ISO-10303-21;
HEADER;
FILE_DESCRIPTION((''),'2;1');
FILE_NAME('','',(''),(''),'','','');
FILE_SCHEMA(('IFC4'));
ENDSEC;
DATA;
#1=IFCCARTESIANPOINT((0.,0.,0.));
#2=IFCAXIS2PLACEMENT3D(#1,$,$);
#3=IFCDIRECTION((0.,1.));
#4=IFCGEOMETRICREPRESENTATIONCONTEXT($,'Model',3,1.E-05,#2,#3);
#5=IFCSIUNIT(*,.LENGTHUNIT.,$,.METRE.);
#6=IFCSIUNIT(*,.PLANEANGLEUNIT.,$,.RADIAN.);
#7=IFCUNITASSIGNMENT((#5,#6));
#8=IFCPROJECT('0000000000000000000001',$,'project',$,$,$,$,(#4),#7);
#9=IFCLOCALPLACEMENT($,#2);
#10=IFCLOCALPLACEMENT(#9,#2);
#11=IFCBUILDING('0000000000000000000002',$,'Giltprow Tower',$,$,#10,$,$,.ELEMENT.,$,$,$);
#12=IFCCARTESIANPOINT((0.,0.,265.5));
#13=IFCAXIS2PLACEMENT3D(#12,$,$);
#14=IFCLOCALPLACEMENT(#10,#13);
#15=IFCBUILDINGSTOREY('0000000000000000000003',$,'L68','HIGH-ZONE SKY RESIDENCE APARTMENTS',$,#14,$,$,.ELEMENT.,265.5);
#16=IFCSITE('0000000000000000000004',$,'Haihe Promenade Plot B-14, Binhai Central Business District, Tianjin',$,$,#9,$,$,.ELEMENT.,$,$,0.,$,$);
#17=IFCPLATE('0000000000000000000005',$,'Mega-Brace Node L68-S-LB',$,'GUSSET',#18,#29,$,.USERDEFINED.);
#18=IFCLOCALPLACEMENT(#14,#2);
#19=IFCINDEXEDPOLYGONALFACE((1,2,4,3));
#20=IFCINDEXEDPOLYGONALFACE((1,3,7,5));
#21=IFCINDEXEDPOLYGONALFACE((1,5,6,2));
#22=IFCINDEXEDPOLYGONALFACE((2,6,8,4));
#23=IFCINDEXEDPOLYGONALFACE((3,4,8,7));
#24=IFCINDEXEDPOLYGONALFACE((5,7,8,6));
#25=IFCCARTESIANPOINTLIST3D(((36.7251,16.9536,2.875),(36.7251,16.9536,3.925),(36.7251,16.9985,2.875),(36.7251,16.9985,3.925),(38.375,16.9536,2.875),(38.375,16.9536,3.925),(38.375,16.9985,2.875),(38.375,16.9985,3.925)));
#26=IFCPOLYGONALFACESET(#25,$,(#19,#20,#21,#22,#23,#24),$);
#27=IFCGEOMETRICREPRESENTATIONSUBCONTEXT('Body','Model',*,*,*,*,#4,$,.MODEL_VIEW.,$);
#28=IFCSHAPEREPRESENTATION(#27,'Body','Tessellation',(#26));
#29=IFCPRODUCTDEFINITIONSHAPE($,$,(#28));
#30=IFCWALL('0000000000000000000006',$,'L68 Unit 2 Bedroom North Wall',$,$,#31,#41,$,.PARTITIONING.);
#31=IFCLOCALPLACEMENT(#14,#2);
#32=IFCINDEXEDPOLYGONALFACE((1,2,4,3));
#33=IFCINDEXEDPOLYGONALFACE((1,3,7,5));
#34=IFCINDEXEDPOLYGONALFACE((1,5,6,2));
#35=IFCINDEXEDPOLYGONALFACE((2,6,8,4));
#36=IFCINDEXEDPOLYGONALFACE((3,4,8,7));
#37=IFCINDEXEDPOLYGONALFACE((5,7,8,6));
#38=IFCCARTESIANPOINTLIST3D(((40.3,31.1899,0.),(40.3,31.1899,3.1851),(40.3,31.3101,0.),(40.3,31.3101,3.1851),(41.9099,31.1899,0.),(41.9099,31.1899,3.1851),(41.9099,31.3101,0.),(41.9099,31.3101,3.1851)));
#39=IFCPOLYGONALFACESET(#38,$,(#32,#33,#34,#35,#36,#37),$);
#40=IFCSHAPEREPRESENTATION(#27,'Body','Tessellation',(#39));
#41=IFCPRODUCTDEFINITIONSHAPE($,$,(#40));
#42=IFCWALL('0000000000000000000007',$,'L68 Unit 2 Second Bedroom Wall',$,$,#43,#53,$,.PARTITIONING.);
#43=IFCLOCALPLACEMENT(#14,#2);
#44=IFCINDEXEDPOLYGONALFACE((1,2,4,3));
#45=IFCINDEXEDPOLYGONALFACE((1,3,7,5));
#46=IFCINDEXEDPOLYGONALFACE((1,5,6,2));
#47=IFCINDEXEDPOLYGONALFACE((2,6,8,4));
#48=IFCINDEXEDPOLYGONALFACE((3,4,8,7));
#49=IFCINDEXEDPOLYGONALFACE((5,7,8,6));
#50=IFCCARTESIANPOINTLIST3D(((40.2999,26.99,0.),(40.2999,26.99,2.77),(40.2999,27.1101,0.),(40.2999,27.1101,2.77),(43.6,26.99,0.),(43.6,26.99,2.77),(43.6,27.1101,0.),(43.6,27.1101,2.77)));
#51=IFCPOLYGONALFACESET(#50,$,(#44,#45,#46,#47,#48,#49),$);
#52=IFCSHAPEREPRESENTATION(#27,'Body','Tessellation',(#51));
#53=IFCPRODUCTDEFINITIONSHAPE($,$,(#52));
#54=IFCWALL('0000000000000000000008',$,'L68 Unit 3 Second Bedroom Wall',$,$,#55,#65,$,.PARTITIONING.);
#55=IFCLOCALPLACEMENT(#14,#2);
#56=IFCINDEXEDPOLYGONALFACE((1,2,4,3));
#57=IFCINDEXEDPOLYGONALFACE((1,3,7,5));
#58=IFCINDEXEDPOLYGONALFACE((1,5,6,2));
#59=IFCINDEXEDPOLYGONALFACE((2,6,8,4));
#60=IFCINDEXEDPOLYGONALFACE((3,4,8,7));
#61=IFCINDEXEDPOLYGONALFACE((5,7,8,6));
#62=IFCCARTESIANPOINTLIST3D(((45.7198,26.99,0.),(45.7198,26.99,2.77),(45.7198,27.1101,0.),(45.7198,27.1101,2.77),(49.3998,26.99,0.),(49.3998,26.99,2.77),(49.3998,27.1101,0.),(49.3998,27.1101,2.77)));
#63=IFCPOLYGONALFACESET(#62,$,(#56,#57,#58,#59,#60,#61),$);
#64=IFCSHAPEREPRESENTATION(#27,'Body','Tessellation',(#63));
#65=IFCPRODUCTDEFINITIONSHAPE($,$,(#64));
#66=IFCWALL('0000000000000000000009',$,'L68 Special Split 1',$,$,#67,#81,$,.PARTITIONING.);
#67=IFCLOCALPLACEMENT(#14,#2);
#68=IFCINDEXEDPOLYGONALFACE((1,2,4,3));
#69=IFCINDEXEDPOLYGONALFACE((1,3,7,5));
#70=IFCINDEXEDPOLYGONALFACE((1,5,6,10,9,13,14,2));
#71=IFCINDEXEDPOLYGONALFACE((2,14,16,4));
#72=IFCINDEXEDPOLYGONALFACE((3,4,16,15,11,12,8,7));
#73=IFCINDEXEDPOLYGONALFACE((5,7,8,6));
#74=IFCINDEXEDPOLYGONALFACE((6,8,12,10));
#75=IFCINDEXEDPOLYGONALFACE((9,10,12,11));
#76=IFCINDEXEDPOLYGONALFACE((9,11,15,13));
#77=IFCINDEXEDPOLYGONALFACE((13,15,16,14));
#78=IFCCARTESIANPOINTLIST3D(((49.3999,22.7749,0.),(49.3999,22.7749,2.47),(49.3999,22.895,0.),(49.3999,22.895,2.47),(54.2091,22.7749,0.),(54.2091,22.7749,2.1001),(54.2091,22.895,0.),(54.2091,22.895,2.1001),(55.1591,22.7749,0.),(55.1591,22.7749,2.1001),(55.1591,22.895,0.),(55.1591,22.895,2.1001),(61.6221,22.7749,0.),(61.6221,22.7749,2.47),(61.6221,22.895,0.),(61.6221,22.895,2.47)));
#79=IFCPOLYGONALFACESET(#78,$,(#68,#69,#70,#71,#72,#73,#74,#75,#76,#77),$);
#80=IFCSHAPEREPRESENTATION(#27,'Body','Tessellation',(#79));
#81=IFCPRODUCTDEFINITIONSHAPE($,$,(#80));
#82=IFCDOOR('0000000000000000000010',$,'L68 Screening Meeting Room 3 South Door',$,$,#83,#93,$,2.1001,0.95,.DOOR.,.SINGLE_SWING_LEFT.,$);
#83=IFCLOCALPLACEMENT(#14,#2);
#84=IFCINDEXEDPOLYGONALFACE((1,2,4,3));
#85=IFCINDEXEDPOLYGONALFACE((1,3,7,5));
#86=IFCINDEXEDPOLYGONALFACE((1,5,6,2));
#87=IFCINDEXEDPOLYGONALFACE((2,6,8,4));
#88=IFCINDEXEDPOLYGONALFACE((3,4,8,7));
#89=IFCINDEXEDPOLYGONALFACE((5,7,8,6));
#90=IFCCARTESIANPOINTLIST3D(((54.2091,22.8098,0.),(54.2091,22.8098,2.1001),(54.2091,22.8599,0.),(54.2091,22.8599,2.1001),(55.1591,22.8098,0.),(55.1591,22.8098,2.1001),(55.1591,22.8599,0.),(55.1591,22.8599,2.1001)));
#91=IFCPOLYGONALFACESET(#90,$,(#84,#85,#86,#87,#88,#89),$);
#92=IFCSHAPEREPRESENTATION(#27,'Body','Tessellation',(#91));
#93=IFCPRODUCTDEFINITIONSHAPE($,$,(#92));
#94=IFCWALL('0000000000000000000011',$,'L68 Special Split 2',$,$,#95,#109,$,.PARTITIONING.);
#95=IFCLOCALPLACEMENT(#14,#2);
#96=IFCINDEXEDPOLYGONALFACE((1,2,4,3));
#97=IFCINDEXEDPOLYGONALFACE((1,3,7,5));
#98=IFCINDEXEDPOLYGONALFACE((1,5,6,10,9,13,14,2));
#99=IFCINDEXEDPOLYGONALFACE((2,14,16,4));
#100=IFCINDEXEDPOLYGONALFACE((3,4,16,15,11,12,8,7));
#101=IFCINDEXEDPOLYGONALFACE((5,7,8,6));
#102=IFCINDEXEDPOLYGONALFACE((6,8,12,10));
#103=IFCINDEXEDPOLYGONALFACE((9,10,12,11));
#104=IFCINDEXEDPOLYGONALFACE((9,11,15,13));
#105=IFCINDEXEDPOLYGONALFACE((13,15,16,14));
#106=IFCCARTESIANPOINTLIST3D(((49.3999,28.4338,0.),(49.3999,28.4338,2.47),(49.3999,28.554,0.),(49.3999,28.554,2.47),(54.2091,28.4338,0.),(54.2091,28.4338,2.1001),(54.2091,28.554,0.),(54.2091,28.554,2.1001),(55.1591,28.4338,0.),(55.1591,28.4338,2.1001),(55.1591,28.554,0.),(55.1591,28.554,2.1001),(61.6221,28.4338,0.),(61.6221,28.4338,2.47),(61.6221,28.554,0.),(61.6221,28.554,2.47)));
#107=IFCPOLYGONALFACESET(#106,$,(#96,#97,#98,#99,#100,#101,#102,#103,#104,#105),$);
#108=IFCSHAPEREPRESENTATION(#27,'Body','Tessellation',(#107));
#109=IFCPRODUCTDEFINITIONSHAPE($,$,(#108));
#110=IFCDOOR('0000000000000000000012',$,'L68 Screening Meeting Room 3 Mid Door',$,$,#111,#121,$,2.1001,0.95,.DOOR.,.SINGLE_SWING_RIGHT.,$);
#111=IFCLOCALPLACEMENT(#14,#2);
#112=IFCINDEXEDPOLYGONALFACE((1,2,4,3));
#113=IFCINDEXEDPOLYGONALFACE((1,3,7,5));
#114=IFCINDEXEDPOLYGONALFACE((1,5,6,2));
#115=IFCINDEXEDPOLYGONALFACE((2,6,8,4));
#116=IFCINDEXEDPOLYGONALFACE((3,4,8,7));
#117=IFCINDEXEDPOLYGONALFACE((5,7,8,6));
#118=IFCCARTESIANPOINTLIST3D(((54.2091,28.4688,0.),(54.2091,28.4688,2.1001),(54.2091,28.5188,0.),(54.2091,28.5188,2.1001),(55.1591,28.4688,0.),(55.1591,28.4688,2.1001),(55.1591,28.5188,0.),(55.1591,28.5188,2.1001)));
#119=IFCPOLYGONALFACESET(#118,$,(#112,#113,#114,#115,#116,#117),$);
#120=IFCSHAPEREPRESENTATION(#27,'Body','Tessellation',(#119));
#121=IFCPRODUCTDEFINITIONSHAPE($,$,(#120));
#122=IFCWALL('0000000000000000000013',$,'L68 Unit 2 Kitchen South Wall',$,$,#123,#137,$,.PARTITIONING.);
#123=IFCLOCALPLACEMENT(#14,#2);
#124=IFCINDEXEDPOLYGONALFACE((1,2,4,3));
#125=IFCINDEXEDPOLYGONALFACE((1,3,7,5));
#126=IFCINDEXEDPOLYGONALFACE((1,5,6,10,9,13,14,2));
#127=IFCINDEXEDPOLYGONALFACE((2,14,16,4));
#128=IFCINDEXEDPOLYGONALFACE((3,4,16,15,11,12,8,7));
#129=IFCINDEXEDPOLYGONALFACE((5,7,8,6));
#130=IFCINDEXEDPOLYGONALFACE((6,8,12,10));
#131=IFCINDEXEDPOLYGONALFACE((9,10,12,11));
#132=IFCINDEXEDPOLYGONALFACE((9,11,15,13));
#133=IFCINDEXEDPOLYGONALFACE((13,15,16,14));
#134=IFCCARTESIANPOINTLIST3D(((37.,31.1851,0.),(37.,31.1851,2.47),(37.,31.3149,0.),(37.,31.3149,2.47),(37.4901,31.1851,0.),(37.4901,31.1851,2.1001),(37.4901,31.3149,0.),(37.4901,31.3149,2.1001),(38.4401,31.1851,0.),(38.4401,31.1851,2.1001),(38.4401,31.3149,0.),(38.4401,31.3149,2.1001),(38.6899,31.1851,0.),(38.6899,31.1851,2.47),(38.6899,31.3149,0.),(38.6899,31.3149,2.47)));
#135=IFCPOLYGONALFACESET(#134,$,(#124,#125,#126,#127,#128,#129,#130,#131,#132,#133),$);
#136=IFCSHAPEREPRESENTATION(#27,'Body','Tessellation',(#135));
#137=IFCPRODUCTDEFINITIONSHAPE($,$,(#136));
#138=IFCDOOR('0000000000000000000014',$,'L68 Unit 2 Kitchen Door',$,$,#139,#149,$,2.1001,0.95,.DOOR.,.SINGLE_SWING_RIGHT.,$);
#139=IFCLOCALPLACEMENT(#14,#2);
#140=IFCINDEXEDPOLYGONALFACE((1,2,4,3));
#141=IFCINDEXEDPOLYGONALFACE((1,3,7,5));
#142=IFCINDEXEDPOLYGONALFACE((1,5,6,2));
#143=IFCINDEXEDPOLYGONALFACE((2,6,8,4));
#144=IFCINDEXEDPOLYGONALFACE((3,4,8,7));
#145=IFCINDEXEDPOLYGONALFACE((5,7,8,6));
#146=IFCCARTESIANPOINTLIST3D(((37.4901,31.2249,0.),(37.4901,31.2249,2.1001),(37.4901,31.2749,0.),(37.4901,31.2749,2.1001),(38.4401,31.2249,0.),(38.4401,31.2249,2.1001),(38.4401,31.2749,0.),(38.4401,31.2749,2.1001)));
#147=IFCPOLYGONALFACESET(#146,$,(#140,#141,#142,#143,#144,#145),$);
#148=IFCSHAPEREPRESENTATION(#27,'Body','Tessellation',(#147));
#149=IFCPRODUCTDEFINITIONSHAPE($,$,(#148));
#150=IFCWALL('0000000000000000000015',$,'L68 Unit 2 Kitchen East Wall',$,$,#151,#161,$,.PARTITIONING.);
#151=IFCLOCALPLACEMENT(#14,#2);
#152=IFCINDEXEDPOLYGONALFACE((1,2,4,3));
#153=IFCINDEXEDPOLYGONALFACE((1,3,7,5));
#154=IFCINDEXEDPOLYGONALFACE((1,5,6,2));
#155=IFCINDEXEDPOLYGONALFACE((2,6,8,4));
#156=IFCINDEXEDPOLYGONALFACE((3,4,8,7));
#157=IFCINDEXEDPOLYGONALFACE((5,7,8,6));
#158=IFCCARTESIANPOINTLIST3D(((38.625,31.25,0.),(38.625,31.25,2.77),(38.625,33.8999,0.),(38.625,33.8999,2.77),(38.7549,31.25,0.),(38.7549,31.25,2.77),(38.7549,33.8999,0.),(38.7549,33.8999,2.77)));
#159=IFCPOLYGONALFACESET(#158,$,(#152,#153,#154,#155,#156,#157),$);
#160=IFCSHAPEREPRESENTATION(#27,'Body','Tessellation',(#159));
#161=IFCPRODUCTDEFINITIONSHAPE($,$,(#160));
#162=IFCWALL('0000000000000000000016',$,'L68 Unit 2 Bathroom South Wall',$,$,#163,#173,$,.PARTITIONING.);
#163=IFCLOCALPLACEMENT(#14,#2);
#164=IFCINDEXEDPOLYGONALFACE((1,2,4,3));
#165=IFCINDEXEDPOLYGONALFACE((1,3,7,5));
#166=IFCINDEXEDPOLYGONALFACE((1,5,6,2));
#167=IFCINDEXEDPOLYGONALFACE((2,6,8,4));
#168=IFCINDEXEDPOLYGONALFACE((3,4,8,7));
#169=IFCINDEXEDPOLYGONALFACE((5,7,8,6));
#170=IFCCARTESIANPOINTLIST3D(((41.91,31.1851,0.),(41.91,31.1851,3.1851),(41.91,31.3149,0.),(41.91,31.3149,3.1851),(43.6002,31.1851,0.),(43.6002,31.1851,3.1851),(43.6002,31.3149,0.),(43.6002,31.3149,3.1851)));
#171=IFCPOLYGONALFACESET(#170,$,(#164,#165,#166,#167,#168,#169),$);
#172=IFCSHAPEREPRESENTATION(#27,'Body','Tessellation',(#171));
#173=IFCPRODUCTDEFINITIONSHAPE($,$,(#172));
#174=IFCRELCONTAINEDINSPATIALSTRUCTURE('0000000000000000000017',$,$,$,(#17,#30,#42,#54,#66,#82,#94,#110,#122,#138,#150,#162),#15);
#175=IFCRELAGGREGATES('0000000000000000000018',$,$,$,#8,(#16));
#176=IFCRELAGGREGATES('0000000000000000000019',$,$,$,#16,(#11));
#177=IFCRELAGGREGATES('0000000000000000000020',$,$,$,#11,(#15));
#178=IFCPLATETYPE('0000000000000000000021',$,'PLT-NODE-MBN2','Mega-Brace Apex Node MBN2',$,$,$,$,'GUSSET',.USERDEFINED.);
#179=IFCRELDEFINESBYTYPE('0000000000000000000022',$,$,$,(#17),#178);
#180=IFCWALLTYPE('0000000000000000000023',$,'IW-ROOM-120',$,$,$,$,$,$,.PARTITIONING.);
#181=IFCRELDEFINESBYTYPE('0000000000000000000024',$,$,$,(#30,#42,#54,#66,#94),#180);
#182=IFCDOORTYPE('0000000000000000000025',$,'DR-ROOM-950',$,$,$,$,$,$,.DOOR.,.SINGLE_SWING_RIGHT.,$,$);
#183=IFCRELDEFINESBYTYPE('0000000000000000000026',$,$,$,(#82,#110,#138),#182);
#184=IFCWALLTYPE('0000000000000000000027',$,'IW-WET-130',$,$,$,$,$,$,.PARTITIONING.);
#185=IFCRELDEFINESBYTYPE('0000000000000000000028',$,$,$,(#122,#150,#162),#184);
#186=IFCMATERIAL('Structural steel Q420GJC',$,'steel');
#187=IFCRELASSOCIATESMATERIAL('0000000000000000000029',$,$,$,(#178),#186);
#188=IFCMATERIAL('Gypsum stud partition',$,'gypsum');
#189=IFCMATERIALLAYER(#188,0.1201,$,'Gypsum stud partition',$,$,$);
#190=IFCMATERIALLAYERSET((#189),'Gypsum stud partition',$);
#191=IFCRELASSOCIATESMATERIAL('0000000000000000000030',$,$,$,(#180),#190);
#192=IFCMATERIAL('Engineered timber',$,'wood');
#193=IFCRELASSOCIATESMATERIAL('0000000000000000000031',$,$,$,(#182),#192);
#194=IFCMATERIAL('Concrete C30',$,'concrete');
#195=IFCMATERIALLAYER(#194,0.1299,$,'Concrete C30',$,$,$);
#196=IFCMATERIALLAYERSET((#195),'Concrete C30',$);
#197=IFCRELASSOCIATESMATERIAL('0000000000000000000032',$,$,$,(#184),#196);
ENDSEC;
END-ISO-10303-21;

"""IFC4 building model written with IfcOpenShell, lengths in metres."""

from ifc_helpers import new_model, si_unit, direction, frame, frame_2d, origin, origin_2d, place, context, subcontext, project, spatial, rectangle, extrude, source, transform, mapped, material, layer, layer_set, type_object, element, fill, save


model = new_model("IFC4")

# Units and contexts
model_context = context("Model", 3, precision=1e-05, world=origin(), true_north=direction((0.0, 1.0)))
body_context = subcontext(model_context, "Body", "Model", "MODEL_VIEW")
ifc_project = project(units=[si_unit("LENGTHUNIT", "METRE"), si_unit("PLANEANGLEUNIT", "RADIAN")], contexts=[model_context])

# Site, building, storey
site_placement = place(None, origin())
site = spatial("IfcSite", under=ifc_project, at=site_placement, Name="Haihe Promenade Plot B-14, Binhai Central Business District, Tianjin", CompositionType="ELEMENT", RefElevation=0.0)
building_placement = place(site_placement, origin())
building = spatial("IfcBuilding", under=site, at=building_placement, Name="Giltprow Tower", CompositionType="ELEMENT")
storey_placement = place(building_placement, frame((0.0, 0.0, 265.5)))
storey = spatial("IfcBuildingStorey", under=building, at=storey_placement, Name="L68", Description="HIGH-ZONE SKY RESIDENCE APARTMENTS", CompositionType="ELEMENT", Elevation=265.5)

# Plate
ifc_material_1 = material(Name="Structural steel Q420GJC", Category="steel")
plate_type_1 = type_object("IfcPlateType", Name="PLT-NODE-MBN2", Description="Mega-Brace Apex Node MBN2", ElementType="GUSSET", PredefinedType="USERDEFINED", material=ifc_material_1)
shared_shape_1 = source(origin(), body_context, "Body", "SweptSolid", [
    extrude(rectangle(XDim=1.6499, YDim=0.0449, at=origin_2d()), origin(), (0.0, 0.0, 1.0), 1.05),
])
plate_placement = place(storey_placement, frame((37.55, 16.9761, 2.875), z_axis=(0.0, 0.0, 1.0), x_axis=(1.0, 0.0, 0.0)))
element("IfcPlate", 1, at=plate_placement, inside=storey, type_object=plate_type_1, Name="Mega-Brace Node L68-S-LB", ObjectType="GUSSET", PredefinedType="USERDEFINED", context=body_context, shape_type="MappedRepresentation", body=[
    mapped(shared_shape_1, transform((0.0, 0.0, 0.0), x_axis=(1.0, 0.0, 0.0), y_axis=(0.0, 1.0, 0.0), z_axis=(0.0, 0.0, 1.0), scale=1.0)),
])

# Walls
ifc_material_2 = material(Name="Gypsum stud partition", Category="gypsum")
ifc_layer_1 = layer(ifc_material_2, 0.1201, Name="Gypsum stud partition")
ifc_layer_set_1 = layer_set([ifc_layer_1], Name="Gypsum stud partition")
wall_type_1 = type_object("IfcWallType", Name="IW-ROOM-120", PredefinedType="PARTITIONING", material=ifc_layer_set_1)
wall_1_placement = place(storey_placement, frame((40.3, 31.25, 0.0), z_axis=(0.0, 0.0, 1.0), x_axis=(1.0, 0.0, 0.0)))
element("IfcWall", 2, at=wall_1_placement, inside=storey, type_object=wall_type_1, Name="L68 Unit 2 Bedroom North Wall", PredefinedType="PARTITIONING", context=body_context, shape_type="SweptSolid", body=[
    extrude(rectangle(XDim=1.6099, YDim=0.1201, at=frame_2d((0.8049, 0.0))), origin(), (0.0, 0.0, 1.0), 3.1851),
])
wall_2_placement = place(storey_placement, frame((40.3, 27.05, 0.0), z_axis=(0.0, 0.0, 1.0), x_axis=(1.0, 0.0, 0.0)))
element("IfcWall", 3, at=wall_2_placement, inside=storey, type_object=wall_type_1, Name="L68 Unit 2 Second Bedroom Wall", PredefinedType="PARTITIONING", context=body_context, shape_type="SweptSolid", body=[
    extrude(rectangle(XDim=3.3, YDim=0.1201, at=frame_2d((1.6499, 0.0))), origin(), (0.0, 0.0, 1.0), 2.77),
])
wall_3_placement = place(storey_placement, frame((45.72, 27.05, 0.0), z_axis=(0.0, 0.0, 1.0), x_axis=(1.0, 0.0, 0.0)))
element("IfcWall", 4, at=wall_3_placement, inside=storey, type_object=wall_type_1, Name="L68 Unit 3 Second Bedroom Wall", PredefinedType="PARTITIONING", context=body_context, shape_type="SweptSolid", body=[
    extrude(rectangle(XDim=3.6799, YDim=0.1201, at=frame_2d((1.8398, 0.0))), origin(), (0.0, 0.0, 1.0), 2.77),
])

# Walls, openings, doors
wall_4_placement = place(storey_placement, frame((49.3999, 22.835, 0.0), z_axis=(0.0, 0.0, 1.0), x_axis=(1.0, 0.0, 0.0)))
wall_4 = element("IfcWall", 5, at=wall_4_placement, inside=storey, type_object=wall_type_1, Name="L68 Special Split 1", PredefinedType="PARTITIONING", context=body_context, shape_type="SweptSolid", body=[
    extrude(rectangle(XDim=12.2222, YDim=0.1201, at=frame_2d((6.1111, 0.0))), origin(), (0.0, 0.0, 1.0), 2.47),
])
opening_1_placement = place(wall_4_placement, frame((4.8091, 0.0, 0.0)))
opening_1 = element("IfcOpeningElement", 6, at=opening_1_placement, cuts=wall_4, PredefinedType="OPENING", context=body_context, shape_type="SweptSolid", body=[
    extrude(rectangle(XDim=0.95, YDim=2.1001, at=frame_2d((0.4751, 1.05))), frame((0.0, 0.0701, 0.0), z_axis=(0.0, -1.0, 0.0), x_axis=(1.0, 0.0, 0.0)), (0.0, 0.0, 1.0), 0.1401),
])
ifc_material_3 = material(Name="Engineered timber", Category="wood")
door_type_1 = type_object("IfcDoorType", Name="DR-ROOM-950", OperationType="SINGLE_SWING_RIGHT", PredefinedType="DOOR", material=ifc_material_3)
shared_shape_2 = source(origin(), body_context, "Body", "SweptSolid", [
    extrude(rectangle(XDim=0.95, YDim=2.1001, at=frame_2d((0.4751, 1.05))), frame((0.0, 0.0249, 0.0), z_axis=(0.0, -1.0, 0.0), x_axis=(1.0, 0.0, 0.0)), (0.0, 0.0, 1.0), 0.05),
])
door_1_placement = place(opening_1_placement, origin())
door_1 = element("IfcDoor", 7, at=door_1_placement, inside=storey, type_object=door_type_1, Name="L68 Screening Meeting Room 3 South Door", OperationType="SINGLE_SWING_LEFT", OverallHeight=2.1001, OverallWidth=0.95, PredefinedType="DOOR", context=body_context, shape_type="MappedRepresentation", body=[
    mapped(shared_shape_2, transform((0.0, 0.0, 0.0), x_axis=(1.0, 0.0, 0.0), y_axis=(0.0, 1.0, 0.0), z_axis=(0.0, 0.0, 1.0), scale=1.0)),
])
fill(opening_1, door_1)
wall_5_placement = place(storey_placement, frame((49.3999, 28.4939, 0.0), z_axis=(0.0, 0.0, 1.0), x_axis=(1.0, 0.0, 0.0)))
wall_5 = element("IfcWall", 8, at=wall_5_placement, inside=storey, type_object=wall_type_1, Name="L68 Special Split 2", PredefinedType="PARTITIONING", context=body_context, shape_type="SweptSolid", body=[
    extrude(rectangle(XDim=12.2222, YDim=0.1201, at=frame_2d((6.1111, 0.0))), origin(), (0.0, 0.0, 1.0), 2.47),
])
opening_2_placement = place(wall_5_placement, frame((4.8091, 0.0, 0.0)))
opening_2 = element("IfcOpeningElement", 9, at=opening_2_placement, cuts=wall_5, PredefinedType="OPENING", context=body_context, shape_type="SweptSolid", body=[
    extrude(rectangle(XDim=0.95, YDim=2.1001, at=frame_2d((0.4751, 1.05))), frame((0.0, 0.0701, 0.0), z_axis=(0.0, -1.0, 0.0), x_axis=(1.0, 0.0, 0.0)), (0.0, 0.0, 1.0), 0.1401),
])
door_2_placement = place(opening_2_placement, origin())
door_2 = element("IfcDoor", 10, at=door_2_placement, inside=storey, type_object=door_type_1, Name="L68 Screening Meeting Room 3 Mid Door", OperationType="SINGLE_SWING_RIGHT", OverallHeight=2.1001, OverallWidth=0.95, PredefinedType="DOOR", context=body_context, shape_type="MappedRepresentation", body=[
    mapped(shared_shape_2, transform((0.0, 0.0, 0.0), x_axis=(1.0, 0.0, 0.0), y_axis=(0.0, 1.0, 0.0), z_axis=(0.0, 0.0, 1.0), scale=1.0)),
])
fill(opening_2, door_2)
ifc_material_4 = material(Name="Concrete C30", Category="concrete")
ifc_layer_2 = layer(ifc_material_4, 0.1299, Name="Concrete C30")
ifc_layer_set_2 = layer_set([ifc_layer_2], Name="Concrete C30")
wall_type_2 = type_object("IfcWallType", Name="IW-WET-130", PredefinedType="PARTITIONING", material=ifc_layer_set_2)
wall_6_placement = place(storey_placement, frame((37.0, 31.25, 0.0), z_axis=(0.0, 0.0, 1.0), x_axis=(1.0, 0.0, 0.0)))
wall_6 = element("IfcWall", 11, at=wall_6_placement, inside=storey, type_object=wall_type_2, Name="L68 Unit 2 Kitchen South Wall", PredefinedType="PARTITIONING", context=body_context, shape_type="SweptSolid", body=[
    extrude(rectangle(XDim=1.6899, YDim=0.1299, at=frame_2d((0.845, 0.0))), origin(), (0.0, 0.0, 1.0), 2.47),
])
opening_3_placement = place(wall_6_placement, frame((0.49, 0.0, 0.0)))
opening_3 = element("IfcOpeningElement", 12, at=opening_3_placement, cuts=wall_6, PredefinedType="OPENING", context=body_context, shape_type="SweptSolid", body=[
    extrude(rectangle(XDim=0.95, YDim=2.1001, at=frame_2d((0.4751, 1.05))), frame((0.0, 0.075, 0.0), z_axis=(0.0, -1.0, 0.0), x_axis=(1.0, 0.0, 0.0)), (0.0, 0.0, 1.0), 0.1499),
])
door_3_placement = place(opening_3_placement, origin())
door_3 = element("IfcDoor", 13, at=door_3_placement, inside=storey, type_object=door_type_1, Name="L68 Unit 2 Kitchen Door", OperationType="SINGLE_SWING_RIGHT", OverallHeight=2.1001, OverallWidth=0.95, PredefinedType="DOOR", context=body_context, shape_type="MappedRepresentation", body=[
    mapped(shared_shape_2, transform((0.0, 0.0, 0.0), x_axis=(1.0, 0.0, 0.0), y_axis=(0.0, 1.0, 0.0), z_axis=(0.0, 0.0, 1.0), scale=1.0)),
])
fill(opening_3, door_3)

# Walls
wall_7_placement = place(storey_placement, frame((38.6899, 31.25, 0.0), z_axis=(0.0, 0.0, 1.0), x_axis=(0.0, 1.0, 0.0)))
element("IfcWall", 14, at=wall_7_placement, inside=storey, type_object=wall_type_2, Name="L68 Unit 2 Kitchen East Wall", PredefinedType="PARTITIONING", context=body_context, shape_type="SweptSolid", body=[
    extrude(rectangle(XDim=2.6499, YDim=0.1299, at=frame_2d((1.325, 0.0))), origin(), (0.0, 0.0, 1.0), 2.77),
])
wall_8_placement = place(storey_placement, frame((41.9099, 31.25, 0.0), z_axis=(0.0, 0.0, 1.0), x_axis=(1.0, 0.0, 0.0)))
element("IfcWall", 15, at=wall_8_placement, inside=storey, type_object=wall_type_2, Name="L68 Unit 2 Bathroom South Wall", PredefinedType="PARTITIONING", context=body_context, shape_type="SweptSolid", body=[
    extrude(rectangle(XDim=1.6902, YDim=0.1299, at=frame_2d((0.8452, 0.0))), origin(), (0.0, 0.0, 1.0), 3.1851),
])

save(model, "model.ifc")
